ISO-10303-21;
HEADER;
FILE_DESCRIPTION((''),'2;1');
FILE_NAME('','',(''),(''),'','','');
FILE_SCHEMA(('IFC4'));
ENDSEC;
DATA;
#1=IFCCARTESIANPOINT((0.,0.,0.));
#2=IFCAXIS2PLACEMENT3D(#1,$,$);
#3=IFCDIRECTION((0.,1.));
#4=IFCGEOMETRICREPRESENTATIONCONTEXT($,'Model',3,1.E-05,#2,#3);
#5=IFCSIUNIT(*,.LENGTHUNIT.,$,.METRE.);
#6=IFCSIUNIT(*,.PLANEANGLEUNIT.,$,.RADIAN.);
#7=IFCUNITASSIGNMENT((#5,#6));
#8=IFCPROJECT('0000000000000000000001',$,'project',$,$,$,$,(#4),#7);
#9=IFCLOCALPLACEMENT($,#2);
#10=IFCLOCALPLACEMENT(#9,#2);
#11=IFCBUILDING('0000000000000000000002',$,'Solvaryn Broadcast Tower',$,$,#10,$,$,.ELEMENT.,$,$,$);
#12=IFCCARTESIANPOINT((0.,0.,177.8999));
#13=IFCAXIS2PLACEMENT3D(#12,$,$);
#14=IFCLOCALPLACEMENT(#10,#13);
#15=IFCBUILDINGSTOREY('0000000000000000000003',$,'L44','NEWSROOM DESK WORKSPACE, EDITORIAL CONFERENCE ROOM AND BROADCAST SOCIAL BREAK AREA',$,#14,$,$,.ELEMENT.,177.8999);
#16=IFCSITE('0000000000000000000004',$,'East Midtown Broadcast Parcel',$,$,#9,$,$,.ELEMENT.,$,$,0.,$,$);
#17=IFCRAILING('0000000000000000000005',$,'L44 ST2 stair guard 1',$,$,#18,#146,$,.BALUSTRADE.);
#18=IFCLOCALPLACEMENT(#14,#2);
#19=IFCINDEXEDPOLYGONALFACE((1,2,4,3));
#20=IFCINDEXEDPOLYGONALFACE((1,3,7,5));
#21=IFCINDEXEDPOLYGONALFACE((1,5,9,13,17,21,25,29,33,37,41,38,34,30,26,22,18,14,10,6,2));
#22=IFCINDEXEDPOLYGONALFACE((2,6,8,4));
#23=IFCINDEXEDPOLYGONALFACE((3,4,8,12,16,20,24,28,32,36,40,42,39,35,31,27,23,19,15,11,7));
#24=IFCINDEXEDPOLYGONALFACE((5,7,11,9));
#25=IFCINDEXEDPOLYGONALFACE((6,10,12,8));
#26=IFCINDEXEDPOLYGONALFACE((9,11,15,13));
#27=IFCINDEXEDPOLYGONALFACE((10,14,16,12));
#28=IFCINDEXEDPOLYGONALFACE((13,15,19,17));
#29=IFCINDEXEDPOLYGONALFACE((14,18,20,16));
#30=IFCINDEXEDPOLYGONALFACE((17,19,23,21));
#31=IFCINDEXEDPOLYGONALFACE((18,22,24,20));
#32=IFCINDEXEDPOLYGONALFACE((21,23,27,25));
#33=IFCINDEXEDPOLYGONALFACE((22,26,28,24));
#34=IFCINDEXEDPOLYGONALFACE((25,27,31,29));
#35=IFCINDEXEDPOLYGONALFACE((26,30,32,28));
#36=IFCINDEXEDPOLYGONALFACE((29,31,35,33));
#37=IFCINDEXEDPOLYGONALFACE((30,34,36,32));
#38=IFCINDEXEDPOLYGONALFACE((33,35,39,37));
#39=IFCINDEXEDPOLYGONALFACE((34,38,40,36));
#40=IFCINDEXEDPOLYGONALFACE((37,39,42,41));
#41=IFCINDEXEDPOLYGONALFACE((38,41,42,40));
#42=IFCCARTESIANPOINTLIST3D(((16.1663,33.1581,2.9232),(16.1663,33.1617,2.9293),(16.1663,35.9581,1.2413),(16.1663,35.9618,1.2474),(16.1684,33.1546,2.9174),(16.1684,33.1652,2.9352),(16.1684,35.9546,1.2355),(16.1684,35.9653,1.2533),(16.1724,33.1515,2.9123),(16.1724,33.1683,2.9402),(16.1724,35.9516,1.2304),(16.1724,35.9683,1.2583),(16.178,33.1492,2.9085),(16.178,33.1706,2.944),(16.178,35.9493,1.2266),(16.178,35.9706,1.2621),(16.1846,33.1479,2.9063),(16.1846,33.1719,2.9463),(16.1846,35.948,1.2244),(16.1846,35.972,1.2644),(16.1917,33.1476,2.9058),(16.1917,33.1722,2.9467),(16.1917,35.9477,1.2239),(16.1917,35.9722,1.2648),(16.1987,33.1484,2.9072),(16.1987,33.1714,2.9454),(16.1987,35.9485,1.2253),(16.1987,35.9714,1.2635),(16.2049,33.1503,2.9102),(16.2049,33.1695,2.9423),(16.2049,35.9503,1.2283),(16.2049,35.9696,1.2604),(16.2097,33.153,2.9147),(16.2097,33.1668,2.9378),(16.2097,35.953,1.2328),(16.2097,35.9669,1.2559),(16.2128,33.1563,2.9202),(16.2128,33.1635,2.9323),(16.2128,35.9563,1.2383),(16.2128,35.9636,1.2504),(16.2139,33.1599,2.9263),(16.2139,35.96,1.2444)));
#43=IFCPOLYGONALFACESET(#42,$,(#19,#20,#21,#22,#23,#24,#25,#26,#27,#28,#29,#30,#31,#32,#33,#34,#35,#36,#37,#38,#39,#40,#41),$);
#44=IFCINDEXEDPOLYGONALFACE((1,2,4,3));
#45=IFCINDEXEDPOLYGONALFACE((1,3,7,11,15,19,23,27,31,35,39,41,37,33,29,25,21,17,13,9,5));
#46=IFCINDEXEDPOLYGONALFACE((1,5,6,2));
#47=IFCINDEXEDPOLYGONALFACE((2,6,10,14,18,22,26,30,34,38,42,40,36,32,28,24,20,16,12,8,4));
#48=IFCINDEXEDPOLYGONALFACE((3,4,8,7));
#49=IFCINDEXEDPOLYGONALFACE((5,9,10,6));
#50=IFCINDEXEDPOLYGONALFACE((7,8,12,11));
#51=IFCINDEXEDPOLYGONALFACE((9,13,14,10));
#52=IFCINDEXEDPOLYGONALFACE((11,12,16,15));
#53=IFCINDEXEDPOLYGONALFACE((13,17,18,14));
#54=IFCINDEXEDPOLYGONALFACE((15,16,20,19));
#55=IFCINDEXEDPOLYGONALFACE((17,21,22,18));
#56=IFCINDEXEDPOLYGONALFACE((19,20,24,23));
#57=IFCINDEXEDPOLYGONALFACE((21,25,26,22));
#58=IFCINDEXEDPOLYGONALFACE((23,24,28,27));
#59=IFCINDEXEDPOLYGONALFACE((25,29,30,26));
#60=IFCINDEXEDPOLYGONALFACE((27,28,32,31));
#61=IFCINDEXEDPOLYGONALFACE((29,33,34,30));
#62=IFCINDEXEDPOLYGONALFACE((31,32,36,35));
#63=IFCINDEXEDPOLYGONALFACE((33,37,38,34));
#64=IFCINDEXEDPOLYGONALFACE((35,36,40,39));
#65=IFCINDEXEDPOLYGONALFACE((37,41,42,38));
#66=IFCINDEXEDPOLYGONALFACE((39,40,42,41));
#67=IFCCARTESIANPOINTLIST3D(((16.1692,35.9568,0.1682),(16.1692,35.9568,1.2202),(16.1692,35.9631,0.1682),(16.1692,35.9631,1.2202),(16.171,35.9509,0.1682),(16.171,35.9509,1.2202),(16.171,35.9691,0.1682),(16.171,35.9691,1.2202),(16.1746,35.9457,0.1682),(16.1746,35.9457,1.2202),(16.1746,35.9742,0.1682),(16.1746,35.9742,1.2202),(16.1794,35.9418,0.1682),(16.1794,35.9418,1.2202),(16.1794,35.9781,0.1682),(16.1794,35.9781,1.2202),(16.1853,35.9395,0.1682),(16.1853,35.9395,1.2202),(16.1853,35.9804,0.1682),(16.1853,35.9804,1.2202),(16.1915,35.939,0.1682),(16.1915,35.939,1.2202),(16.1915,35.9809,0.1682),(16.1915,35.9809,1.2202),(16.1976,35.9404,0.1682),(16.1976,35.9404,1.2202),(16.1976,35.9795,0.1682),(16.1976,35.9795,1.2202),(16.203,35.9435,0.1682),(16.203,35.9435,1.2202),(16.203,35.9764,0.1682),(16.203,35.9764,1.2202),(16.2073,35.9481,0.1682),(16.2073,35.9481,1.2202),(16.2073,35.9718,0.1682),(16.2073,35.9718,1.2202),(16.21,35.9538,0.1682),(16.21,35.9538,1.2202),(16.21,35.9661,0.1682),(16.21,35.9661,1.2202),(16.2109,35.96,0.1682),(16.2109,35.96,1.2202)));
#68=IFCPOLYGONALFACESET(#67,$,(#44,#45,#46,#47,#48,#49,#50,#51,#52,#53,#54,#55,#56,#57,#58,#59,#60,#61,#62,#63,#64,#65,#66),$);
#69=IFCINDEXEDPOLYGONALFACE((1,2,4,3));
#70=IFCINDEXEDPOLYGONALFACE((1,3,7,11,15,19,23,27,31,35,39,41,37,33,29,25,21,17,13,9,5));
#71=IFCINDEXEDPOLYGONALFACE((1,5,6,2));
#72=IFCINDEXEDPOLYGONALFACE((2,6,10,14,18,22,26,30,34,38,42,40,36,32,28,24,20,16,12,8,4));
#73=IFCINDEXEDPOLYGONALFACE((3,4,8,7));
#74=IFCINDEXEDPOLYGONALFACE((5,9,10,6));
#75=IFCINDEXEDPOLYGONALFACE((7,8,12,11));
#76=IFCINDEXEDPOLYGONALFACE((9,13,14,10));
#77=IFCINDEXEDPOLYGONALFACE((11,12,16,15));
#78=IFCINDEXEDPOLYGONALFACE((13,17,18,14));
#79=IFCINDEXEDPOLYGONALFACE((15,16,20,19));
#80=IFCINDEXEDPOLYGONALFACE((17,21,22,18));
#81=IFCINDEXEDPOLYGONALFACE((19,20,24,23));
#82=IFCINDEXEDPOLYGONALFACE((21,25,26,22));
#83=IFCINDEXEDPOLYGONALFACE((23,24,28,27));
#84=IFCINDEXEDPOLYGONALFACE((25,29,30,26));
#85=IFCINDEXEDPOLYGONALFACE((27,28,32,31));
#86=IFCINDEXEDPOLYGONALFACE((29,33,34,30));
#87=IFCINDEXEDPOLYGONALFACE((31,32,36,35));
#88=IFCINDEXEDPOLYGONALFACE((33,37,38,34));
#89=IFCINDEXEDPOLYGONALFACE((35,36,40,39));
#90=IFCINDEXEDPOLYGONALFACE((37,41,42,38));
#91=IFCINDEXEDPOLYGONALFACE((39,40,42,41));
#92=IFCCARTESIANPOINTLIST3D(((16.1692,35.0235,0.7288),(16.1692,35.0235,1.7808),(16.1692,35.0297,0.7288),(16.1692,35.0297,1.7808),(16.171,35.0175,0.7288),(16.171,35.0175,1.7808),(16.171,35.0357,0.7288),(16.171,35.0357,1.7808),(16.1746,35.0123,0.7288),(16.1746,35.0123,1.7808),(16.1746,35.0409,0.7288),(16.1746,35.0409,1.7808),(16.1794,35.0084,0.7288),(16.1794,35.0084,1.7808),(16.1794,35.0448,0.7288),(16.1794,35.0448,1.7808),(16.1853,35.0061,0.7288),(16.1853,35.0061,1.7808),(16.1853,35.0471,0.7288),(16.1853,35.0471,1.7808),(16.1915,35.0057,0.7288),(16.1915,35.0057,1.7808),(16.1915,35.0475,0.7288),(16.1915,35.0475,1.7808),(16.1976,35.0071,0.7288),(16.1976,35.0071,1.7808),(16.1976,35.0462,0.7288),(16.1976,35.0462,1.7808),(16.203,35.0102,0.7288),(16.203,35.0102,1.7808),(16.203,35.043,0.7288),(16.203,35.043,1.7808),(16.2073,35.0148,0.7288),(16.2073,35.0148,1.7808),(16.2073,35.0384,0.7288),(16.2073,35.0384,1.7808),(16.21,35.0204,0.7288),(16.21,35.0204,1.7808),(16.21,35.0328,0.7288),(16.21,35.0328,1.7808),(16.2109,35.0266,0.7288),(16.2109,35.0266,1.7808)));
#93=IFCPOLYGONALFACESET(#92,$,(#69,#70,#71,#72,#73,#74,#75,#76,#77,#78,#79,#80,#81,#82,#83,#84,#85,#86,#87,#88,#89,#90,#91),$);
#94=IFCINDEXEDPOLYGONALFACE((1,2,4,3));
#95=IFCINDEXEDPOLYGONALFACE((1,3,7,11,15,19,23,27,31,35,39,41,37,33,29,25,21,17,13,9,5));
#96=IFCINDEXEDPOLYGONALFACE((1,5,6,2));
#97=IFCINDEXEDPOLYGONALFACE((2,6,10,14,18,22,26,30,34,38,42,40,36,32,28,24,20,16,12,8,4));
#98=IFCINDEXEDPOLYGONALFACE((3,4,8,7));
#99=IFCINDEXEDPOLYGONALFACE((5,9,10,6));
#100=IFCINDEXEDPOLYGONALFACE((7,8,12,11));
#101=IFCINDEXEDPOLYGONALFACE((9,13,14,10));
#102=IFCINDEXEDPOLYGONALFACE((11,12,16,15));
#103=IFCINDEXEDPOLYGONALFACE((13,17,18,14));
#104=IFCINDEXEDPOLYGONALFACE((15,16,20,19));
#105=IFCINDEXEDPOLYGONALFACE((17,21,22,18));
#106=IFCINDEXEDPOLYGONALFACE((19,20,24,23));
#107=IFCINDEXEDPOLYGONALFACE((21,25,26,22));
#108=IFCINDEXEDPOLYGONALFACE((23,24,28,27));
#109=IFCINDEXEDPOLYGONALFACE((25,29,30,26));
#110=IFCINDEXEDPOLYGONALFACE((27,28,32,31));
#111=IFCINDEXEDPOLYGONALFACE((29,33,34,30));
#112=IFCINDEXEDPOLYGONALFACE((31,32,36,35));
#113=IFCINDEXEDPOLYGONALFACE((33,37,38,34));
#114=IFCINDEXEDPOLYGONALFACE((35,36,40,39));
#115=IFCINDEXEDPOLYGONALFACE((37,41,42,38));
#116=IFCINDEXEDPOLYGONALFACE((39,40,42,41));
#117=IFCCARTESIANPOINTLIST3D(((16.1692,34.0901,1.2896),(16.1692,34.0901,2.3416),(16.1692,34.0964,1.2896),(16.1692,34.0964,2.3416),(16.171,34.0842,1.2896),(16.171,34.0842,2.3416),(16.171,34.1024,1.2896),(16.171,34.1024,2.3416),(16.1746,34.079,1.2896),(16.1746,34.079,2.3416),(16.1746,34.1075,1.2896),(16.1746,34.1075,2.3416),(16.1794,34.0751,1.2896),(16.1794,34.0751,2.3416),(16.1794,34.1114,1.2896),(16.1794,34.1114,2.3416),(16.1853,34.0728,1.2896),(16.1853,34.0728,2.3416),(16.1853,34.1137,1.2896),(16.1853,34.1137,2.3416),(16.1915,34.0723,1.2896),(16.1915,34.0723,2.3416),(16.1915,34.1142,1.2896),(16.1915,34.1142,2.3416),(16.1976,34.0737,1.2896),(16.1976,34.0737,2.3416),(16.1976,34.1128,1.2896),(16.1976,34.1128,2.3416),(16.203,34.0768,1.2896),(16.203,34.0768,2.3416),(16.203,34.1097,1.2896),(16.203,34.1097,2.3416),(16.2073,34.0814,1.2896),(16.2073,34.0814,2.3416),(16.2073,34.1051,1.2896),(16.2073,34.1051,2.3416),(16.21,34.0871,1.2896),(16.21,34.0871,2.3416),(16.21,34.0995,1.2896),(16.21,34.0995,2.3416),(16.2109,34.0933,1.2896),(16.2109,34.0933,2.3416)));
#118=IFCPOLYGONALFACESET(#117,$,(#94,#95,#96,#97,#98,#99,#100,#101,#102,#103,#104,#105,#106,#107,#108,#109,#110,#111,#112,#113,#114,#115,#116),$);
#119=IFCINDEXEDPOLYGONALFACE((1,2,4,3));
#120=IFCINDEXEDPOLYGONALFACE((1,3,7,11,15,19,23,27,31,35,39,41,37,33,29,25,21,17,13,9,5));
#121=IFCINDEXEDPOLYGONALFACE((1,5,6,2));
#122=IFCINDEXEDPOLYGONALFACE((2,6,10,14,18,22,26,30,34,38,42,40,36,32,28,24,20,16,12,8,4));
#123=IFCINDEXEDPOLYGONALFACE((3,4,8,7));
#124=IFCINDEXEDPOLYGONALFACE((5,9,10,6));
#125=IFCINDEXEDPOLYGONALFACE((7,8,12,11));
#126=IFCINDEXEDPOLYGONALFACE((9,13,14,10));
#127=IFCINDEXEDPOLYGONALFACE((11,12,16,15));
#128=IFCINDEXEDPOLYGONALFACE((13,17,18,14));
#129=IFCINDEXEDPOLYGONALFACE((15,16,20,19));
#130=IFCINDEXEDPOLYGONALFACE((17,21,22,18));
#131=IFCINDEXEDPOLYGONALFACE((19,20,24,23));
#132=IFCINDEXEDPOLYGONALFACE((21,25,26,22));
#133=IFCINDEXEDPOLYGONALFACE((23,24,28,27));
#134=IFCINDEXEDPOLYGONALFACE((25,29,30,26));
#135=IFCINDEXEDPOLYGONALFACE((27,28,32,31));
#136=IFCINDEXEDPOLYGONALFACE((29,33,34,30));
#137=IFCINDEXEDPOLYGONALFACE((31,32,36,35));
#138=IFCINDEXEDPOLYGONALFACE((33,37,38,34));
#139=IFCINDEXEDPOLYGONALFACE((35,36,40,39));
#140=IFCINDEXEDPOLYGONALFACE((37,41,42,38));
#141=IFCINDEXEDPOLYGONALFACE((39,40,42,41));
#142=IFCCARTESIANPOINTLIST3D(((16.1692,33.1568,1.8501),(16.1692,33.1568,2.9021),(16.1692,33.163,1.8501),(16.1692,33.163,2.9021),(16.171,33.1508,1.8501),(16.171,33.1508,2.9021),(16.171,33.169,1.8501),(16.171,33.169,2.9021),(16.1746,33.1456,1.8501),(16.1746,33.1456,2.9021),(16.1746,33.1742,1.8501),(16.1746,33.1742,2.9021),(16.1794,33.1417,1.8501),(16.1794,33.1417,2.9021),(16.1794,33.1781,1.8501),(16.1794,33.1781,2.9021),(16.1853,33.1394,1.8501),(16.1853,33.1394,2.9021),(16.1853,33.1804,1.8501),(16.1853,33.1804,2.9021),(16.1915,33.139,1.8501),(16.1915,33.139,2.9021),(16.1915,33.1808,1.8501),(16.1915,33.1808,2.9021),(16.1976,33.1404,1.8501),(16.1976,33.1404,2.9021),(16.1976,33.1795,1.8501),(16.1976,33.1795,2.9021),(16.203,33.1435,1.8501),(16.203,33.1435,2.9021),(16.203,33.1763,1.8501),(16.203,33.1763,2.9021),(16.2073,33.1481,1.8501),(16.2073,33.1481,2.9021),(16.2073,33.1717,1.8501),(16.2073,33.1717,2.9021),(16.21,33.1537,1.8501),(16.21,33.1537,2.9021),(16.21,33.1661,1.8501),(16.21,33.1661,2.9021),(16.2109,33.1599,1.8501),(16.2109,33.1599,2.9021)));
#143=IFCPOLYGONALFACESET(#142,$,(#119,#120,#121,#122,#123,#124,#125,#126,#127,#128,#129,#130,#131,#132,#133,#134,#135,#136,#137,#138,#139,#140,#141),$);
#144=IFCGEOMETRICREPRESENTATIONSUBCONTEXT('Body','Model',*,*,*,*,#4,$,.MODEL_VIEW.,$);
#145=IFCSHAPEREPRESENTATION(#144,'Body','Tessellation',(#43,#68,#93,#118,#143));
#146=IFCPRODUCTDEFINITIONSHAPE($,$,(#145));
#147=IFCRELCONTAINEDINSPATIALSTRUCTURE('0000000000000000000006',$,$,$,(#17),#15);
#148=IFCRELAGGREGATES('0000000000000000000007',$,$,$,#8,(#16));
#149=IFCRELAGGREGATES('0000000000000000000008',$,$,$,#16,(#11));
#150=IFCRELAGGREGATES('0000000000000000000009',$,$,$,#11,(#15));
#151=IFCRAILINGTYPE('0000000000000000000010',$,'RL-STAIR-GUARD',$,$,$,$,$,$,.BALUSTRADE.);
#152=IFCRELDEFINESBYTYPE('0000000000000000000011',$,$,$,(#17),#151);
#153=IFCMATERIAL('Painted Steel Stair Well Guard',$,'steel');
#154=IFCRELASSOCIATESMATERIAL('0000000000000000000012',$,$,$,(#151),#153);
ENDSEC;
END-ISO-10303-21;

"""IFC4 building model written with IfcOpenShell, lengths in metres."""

from ifc_helpers import new_model, si_unit, direction, frame, origin, origin_2d, place, context, subcontext, project, spatial, circle, extrude, material, type_object, element, save


model = new_model("IFC4")

# Units and contexts
model_context = context("Model", 3, precision=1e-05, world=origin(), true_north=direction((0.0, 1.0)))
body_context = subcontext(model_context, "Body", "Model", "MODEL_VIEW")
ifc_project = project(units=[si_unit("LENGTHUNIT", "METRE"), si_unit("PLANEANGLEUNIT", "RADIAN")], contexts=[model_context])

# Site, building, storey
site_placement = place(None, origin())
site = spatial("IfcSite", under=ifc_project, at=site_placement, Name="East Midtown Broadcast Parcel", CompositionType="ELEMENT", RefElevation=0.0)
building_placement = place(site_placement, origin())
building = spatial("IfcBuilding", under=site, at=building_placement, Name="Solvaryn Broadcast Tower", CompositionType="ELEMENT")
storey_placement = place(building_placement, frame((0.0, 0.0, 177.8999)))
storey = spatial("IfcBuildingStorey", under=building, at=storey_placement, Name="L44", Description="NEWSROOM DESK WORKSPACE, EDITORIAL CONFERENCE ROOM AND BROADCAST SOCIAL BREAK AREA", CompositionType="ELEMENT", Elevation=177.8999)

# Railing
ifc_material_1 = material(Name="Painted Steel Stair Well Guard", Category="steel")
railing_type_1 = type_object("IfcRailingType", Name="RL-STAIR-GUARD", PredefinedType="BALUSTRADE", material=ifc_material_1)
railing_1_placement = place(storey_placement, frame((16.1899, 35.96, 0.1682)))
element("IfcRailing", 1, at=railing_1_placement, inside=storey, type_object=railing_type_1, Name="L44 ST2 stair guard 1", PredefinedType="BALUSTRADE", context=body_context, shape_type="SweptSolid", body=[
    extrude(circle(Radius=0.0239, at=origin_2d()), frame((0.0, 0.0, 1.0762), z_axis=(0.0, -0.857242, 0.514913), x_axis=(1.0, 0.0, 0.0)), (0.0, 0.0, 1.0), 3.2664),
    extrude(circle(Radius=0.021, at=origin_2d()), origin(), (0.0, 0.0, 1.0), 1.052),
    extrude(circle(Radius=0.021, at=origin_2d()), frame((0.0, -0.9333, 0.5605)), (0.0, 0.0, 1.0), 1.052),
    extrude(circle(Radius=0.021, at=origin_2d()), frame((0.0, -1.8667, 1.1213)), (0.0, 0.0, 1.0), 1.052),
    extrude(circle(Radius=0.021, at=origin_2d()), frame((0.0, -2.8, 1.6819)), (0.0, 0.0, 1.0), 1.052),
])

save(model, "model.ifc")
